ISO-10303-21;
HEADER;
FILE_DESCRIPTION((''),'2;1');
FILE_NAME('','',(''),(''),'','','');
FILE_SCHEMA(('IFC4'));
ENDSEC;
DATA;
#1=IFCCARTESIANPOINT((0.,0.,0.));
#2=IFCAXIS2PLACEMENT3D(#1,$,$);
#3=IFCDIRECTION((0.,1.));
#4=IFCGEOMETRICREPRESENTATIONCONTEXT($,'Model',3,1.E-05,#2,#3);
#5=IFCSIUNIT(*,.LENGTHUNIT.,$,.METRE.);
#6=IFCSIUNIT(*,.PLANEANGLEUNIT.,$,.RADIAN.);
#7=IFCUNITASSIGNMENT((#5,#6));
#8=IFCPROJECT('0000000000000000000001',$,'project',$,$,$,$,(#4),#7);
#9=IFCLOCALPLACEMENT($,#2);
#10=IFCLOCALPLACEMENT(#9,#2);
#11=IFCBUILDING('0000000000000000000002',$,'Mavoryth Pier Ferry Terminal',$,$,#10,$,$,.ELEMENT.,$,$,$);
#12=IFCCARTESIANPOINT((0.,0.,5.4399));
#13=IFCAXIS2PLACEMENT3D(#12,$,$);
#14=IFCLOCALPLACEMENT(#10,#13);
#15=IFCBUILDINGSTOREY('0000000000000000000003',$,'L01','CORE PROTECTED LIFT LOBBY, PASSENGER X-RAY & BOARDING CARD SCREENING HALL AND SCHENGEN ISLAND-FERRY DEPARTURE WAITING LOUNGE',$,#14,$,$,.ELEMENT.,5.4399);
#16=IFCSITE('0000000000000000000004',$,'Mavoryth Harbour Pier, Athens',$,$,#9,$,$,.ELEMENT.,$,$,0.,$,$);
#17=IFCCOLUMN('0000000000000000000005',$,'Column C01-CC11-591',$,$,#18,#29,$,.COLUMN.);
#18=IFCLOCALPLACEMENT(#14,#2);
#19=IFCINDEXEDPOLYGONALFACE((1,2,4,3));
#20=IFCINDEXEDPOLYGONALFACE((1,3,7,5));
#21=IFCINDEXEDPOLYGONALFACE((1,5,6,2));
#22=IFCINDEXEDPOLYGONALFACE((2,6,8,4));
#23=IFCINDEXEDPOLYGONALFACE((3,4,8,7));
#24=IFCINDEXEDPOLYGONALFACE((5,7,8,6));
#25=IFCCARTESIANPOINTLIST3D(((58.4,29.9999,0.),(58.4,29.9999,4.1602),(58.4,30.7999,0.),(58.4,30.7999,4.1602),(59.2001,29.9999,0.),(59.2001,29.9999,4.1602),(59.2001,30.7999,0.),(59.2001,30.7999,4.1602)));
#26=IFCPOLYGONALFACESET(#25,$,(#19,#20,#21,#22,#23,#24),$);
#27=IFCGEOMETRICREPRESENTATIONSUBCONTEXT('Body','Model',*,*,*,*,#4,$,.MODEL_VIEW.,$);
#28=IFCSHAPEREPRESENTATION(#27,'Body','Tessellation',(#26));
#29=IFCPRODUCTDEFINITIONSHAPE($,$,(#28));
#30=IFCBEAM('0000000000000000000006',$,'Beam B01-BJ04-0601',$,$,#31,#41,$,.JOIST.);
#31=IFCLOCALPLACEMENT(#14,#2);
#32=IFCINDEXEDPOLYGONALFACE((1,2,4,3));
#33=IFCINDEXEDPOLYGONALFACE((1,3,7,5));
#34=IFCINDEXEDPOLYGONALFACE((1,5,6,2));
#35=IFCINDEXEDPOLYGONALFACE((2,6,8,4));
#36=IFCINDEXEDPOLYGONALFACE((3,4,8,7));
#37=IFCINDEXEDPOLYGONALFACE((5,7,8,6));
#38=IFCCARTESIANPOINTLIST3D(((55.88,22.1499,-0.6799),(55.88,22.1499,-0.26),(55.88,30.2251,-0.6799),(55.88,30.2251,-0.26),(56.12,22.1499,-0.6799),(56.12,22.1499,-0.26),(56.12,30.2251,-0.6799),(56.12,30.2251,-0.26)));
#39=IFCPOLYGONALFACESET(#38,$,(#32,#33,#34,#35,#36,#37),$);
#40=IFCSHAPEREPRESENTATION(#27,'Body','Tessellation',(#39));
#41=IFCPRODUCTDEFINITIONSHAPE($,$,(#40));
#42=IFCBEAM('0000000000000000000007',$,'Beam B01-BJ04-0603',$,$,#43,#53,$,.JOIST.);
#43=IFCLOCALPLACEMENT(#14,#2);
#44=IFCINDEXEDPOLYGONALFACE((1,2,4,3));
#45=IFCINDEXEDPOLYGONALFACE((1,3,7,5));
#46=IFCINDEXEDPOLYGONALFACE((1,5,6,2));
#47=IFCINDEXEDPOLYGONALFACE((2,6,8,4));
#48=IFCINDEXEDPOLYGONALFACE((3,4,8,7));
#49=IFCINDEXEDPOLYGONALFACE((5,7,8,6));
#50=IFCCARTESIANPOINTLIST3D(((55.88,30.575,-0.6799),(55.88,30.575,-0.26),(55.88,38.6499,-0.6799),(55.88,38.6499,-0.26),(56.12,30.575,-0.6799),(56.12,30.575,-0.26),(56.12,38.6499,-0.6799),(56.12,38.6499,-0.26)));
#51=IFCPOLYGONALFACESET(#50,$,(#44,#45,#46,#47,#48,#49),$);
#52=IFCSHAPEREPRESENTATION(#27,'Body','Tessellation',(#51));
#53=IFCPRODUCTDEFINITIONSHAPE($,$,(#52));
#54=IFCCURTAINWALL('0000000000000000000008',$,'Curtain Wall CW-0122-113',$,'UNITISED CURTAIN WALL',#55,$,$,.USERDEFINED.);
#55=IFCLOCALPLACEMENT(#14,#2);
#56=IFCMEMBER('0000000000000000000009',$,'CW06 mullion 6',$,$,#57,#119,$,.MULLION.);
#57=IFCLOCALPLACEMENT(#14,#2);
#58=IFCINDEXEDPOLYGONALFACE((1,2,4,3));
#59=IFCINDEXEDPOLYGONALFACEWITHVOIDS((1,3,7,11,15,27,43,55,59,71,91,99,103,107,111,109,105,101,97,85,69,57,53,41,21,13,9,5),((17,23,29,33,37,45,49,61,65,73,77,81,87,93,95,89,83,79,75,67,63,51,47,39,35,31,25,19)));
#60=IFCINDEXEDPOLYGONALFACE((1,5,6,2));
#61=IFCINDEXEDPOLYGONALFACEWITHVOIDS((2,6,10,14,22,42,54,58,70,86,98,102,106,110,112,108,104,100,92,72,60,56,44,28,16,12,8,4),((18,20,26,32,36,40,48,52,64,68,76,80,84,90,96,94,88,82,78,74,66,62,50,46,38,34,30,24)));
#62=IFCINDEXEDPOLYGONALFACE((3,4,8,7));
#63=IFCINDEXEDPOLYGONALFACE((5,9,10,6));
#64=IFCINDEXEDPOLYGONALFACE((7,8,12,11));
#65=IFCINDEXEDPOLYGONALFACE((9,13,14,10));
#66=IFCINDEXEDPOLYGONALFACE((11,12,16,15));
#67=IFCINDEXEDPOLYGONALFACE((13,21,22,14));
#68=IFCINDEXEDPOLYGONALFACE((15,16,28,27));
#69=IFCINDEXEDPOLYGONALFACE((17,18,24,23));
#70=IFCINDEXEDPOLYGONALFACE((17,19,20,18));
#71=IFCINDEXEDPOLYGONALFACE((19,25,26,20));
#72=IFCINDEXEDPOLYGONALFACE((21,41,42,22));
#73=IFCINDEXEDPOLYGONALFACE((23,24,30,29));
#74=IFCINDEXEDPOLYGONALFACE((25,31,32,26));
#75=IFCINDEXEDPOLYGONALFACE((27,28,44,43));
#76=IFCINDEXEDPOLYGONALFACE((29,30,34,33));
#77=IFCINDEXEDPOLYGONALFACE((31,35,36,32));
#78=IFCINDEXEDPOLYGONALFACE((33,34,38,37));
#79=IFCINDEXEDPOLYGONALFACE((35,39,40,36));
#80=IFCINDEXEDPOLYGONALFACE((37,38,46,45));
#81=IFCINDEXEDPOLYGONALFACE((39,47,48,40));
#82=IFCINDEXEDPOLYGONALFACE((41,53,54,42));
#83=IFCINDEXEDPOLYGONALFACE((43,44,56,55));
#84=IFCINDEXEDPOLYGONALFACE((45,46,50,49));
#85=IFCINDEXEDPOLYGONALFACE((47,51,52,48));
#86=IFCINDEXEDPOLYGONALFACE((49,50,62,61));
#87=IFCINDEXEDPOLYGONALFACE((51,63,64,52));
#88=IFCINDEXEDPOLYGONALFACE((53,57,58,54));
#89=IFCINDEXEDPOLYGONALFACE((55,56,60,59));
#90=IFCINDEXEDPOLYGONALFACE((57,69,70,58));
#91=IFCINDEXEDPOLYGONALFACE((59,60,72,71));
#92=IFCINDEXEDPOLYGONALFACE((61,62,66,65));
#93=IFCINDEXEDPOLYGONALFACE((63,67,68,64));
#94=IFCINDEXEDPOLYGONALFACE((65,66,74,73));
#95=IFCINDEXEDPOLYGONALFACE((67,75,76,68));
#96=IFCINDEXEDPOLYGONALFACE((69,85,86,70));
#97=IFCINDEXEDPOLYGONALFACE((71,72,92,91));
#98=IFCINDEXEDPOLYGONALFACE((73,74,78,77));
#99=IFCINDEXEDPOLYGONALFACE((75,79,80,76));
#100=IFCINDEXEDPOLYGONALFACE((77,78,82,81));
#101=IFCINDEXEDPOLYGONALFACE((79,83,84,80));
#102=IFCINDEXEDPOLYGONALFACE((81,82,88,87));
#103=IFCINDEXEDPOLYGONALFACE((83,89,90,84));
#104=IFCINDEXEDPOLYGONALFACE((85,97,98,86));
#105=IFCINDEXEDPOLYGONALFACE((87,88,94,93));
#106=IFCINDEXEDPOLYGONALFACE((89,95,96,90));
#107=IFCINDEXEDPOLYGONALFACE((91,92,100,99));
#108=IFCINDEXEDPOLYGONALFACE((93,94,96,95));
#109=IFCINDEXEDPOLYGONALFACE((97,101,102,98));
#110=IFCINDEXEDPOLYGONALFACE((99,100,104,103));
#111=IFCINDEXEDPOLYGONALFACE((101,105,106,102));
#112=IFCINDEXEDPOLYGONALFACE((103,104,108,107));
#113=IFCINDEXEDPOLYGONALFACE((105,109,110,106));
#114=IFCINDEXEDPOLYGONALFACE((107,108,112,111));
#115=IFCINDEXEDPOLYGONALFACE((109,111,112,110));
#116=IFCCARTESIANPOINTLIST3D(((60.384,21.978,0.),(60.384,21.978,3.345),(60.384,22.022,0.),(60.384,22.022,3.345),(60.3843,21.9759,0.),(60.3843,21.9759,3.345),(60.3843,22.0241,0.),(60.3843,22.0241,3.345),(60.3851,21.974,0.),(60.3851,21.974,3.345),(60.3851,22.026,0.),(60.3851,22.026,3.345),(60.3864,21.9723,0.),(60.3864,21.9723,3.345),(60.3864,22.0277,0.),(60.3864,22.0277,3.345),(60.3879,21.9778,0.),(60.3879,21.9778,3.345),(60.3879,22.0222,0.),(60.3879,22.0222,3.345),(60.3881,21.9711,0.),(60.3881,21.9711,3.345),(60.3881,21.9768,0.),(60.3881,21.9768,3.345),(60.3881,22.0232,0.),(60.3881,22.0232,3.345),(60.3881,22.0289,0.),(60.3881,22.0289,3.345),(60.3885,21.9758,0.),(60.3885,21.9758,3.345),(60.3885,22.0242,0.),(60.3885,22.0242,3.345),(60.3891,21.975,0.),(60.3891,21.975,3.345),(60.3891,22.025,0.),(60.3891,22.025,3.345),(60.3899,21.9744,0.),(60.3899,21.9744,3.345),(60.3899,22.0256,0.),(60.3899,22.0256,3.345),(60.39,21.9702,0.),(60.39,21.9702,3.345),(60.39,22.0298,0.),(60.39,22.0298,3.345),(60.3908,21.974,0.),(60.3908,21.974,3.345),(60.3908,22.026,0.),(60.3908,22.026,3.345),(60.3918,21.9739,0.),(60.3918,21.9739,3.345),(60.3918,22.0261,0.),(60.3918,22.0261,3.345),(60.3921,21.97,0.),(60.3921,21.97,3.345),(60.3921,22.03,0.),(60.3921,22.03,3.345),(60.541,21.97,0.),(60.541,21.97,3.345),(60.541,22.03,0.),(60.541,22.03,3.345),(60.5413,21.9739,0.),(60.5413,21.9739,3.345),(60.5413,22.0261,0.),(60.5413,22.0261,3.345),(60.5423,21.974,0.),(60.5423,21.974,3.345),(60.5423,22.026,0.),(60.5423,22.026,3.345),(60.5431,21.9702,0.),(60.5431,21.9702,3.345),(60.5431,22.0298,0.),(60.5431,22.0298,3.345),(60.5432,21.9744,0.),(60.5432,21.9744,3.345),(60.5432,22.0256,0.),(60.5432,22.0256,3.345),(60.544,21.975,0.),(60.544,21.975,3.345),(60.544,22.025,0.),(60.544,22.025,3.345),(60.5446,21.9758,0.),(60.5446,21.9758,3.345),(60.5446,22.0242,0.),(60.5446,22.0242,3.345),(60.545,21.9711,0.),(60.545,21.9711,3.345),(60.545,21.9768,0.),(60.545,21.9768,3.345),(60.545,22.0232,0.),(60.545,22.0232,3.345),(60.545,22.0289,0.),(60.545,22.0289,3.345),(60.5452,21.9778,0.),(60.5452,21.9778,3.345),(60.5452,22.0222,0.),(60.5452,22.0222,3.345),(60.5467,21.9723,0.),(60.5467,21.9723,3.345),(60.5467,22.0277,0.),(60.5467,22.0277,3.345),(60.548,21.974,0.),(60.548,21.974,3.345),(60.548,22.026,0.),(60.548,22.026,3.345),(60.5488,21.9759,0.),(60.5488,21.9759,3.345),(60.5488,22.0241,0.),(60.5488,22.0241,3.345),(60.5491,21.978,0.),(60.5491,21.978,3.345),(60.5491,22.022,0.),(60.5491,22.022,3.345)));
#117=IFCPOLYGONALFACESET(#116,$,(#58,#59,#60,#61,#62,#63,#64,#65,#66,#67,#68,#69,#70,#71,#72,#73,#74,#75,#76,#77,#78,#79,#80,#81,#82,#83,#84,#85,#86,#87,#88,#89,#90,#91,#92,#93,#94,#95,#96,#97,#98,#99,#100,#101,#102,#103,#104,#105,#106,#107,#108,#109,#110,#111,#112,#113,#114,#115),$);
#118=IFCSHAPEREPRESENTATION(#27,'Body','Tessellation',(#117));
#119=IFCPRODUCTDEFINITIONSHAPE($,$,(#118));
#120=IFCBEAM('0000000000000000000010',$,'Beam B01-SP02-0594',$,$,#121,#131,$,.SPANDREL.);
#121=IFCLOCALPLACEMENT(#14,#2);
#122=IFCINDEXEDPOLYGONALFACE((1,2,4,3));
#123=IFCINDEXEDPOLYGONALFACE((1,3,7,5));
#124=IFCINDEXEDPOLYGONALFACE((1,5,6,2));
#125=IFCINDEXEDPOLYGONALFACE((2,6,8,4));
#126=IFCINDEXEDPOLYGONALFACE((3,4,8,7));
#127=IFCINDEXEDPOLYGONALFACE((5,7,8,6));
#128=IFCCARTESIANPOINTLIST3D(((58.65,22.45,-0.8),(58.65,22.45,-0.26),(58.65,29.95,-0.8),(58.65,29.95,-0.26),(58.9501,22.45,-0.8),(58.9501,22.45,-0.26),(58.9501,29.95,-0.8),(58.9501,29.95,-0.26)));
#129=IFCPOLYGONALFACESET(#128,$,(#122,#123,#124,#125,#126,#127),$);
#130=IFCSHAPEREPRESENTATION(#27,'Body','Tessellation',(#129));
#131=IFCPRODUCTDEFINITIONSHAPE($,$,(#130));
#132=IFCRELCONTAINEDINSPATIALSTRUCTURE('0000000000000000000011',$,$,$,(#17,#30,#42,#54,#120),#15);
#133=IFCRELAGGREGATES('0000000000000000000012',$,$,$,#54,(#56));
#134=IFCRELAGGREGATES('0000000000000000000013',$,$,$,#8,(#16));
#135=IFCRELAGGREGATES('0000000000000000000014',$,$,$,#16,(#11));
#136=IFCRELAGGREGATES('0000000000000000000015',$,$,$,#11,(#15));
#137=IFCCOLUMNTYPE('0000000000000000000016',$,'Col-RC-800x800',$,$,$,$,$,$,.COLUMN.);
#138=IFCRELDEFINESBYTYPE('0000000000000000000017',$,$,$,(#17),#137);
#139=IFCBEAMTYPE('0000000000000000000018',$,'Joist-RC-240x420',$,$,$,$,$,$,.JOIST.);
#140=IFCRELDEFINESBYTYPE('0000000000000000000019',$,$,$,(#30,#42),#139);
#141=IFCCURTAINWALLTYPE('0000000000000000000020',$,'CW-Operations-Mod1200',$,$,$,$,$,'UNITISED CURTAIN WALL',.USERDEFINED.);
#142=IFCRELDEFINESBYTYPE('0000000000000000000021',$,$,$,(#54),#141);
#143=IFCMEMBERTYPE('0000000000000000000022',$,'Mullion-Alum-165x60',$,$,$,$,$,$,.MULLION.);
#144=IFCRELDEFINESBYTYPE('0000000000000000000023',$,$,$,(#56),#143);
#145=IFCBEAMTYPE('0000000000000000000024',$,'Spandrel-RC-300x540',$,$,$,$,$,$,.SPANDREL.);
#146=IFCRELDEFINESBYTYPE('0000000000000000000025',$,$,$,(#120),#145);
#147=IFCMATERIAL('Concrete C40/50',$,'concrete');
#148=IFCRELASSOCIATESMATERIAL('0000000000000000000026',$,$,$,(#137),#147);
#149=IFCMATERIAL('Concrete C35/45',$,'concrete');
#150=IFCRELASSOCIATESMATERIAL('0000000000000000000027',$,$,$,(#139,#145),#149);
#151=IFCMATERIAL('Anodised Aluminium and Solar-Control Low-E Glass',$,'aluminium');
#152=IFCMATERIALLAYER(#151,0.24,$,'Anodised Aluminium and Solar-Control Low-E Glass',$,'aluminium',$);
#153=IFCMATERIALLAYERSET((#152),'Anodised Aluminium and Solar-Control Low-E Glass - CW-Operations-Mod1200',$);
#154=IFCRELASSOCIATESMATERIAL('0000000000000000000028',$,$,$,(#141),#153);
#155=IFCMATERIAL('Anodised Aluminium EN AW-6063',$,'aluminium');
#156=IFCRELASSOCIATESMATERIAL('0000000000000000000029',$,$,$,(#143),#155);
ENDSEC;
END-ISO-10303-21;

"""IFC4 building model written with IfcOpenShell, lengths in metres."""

from ifc_helpers import new_model, si_unit, direction, frame, origin, origin_2d, place, context, subcontext, project, spatial, rectangle, hollow_rectangle, extrude, material, layer, layer_set, material_profile, profile_set, type_object, element, aggregate, save


model = new_model("IFC4")

# Units and contexts
model_context = context("Model", 3, precision=1e-05, world=origin(), true_north=direction((0.0, 1.0)))
body_context = subcontext(model_context, "Body", "Model", "MODEL_VIEW")
ifc_project = project(units=[si_unit("LENGTHUNIT", "METRE"), si_unit("PLANEANGLEUNIT", "RADIAN")], contexts=[model_context])

# Site, building, storey
site_placement = place(None, origin())
site = spatial("IfcSite", under=ifc_project, at=site_placement, Name="Mavoryth Harbour Pier, Athens", CompositionType="ELEMENT", RefElevation=0.0)
building_placement = place(site_placement, origin())
building = spatial("IfcBuilding", under=site, at=building_placement, Name="Mavoryth Pier Ferry Terminal", CompositionType="ELEMENT")
storey_placement = place(building_placement, frame((0.0, 0.0, 5.4399)))
storey = spatial("IfcBuildingStorey", under=building, at=storey_placement, Name="L01", Description="CORE PROTECTED LIFT LOBBY, PASSENGER X-RAY & BOARDING CARD SCREENING HALL AND SCHENGEN ISLAND-FERRY DEPARTURE WAITING LOUNGE", CompositionType="ELEMENT", Elevation=5.4399)

# Column
ifc_material_1 = material(Name="Concrete C40/50", Category="concrete")
ifc_material_profile_1 = material_profile(ifc_material_1, rectangle(XDim=0.8, YDim=0.8, at=origin_2d()), Name="RC 800x800", Category="concrete")
ifc_profile_set_1 = profile_set([ifc_material_profile_1], Name="Concrete C40/50 - RC 800x800")
column_type = type_object("IfcColumnType", Name="Col-RC-800x800", PredefinedType="COLUMN", material=ifc_profile_set_1)
column_placement = place(storey_placement, frame((58.8, 30.3999, 0.0), z_axis=(0.0, 0.0, 1.0), x_axis=(1.0, 0.0, 0.0)))
element("IfcColumn", 1, at=column_placement, inside=storey, type_object=column_type, Name="Column C01-CC11-591", PredefinedType="COLUMN", context=body_context, shape_type="SweptSolid", body=[
    extrude(rectangle(XDim=0.8, YDim=0.8, at=origin_2d()), origin(), (0.0, 0.0, 1.0), 4.1602),
])

# Beams
ifc_material_2 = material(Name="Concrete C35/45", Category="concrete")
ifc_material_profile_2 = material_profile(ifc_material_2, rectangle(XDim=0.24, YDim=0.4199, at=origin_2d()), Name="RC 240x420", Category="concrete")
ifc_profile_set_2 = profile_set([ifc_material_profile_2], Name="Concrete C35/45 - RC 240x420")
beam_type_1 = type_object("IfcBeamType", Name="Joist-RC-240x420", PredefinedType="JOIST", material=ifc_profile_set_2)
beam_1_placement = place(storey_placement, frame((56.0, 22.1499, -0.47), z_axis=(0.0, 1.0, 0.0), x_axis=(-1.0, 0.0, 0.0)))
element("IfcBeam", 2, at=beam_1_placement, inside=storey, type_object=beam_type_1, Name="Beam B01-BJ04-0601", PredefinedType="JOIST", context=body_context, shape_type="SweptSolid", body=[
    extrude(rectangle(XDim=0.24, YDim=0.4199, at=origin_2d()), origin(), (0.0, 0.0, 1.0), 8.0752),
])
beam_2_placement = place(storey_placement, frame((56.0, 30.575, -0.47), z_axis=(0.0, 1.0, 0.0), x_axis=(-1.0, 0.0, 0.0)))
element("IfcBeam", 3, at=beam_2_placement, inside=storey, type_object=beam_type_1, Name="Beam B01-BJ04-0603", PredefinedType="JOIST", context=body_context, shape_type="SweptSolid", body=[
    extrude(rectangle(XDim=0.24, YDim=0.4199, at=origin_2d()), origin(), (0.0, 0.0, 1.0), 8.075),
])

# Curtain wall, member
ifc_material_3 = material(Name="Anodised Aluminium and Solar-Control Low-E Glass", Category="aluminium")
ifc_layer_1 = layer(ifc_material_3, 0.24, Name="Anodised Aluminium and Solar-Control Low-E Glass", Category="aluminium")
ifc_layer_set_1 = layer_set([ifc_layer_1], Name="Anodised Aluminium and Solar-Control Low-E Glass - CW-Operations-Mod1200")
curtain_wall_type = type_object("IfcCurtainWallType", Name="CW-Operations-Mod1200", ElementType="UNITISED CURTAIN WALL", PredefinedType="USERDEFINED", material=ifc_layer_set_1)
curtain_wall_placement = place(storey_placement, origin())
curtain_wall = element("IfcCurtainWall", 4, at=curtain_wall_placement, inside=storey, type_object=curtain_wall_type, Name="Curtain Wall CW-0122-113", ObjectType="UNITISED CURTAIN WALL", PredefinedType="USERDEFINED")
ifc_material_4 = material(Name="Anodised Aluminium EN AW-6063", Category="aluminium")
ifc_material_profile_3 = material_profile(ifc_material_4, hollow_rectangle(XDim=0.0601, YDim=0.165, WallThickness=0.0039, InnerFilletRadius=0.0039, OuterFilletRadius=0.0081, at=origin_2d()), Name="AL-MULL 165x60x4", Category="aluminium")
ifc_profile_set_3 = profile_set([ifc_material_profile_3], Name="Anodised Aluminium EN AW-6063 - AL-MULL 165x60x4")
member_type_1 = type_object("IfcMemberType", Name="Mullion-Alum-165x60", PredefinedType="MULLION", material=ifc_profile_set_3)
member_1_placement = place(storey_placement, frame((60.4666, 22.0, 0.0), z_axis=(0.0, 0.0, 1.0), x_axis=(0.0, -1.0, 0.0)))
member_1 = element("IfcMember", 5, at=member_1_placement, type_object=member_type_1, Name="CW06 mullion 6", PredefinedType="MULLION", context=body_context, shape_type="SweptSolid", body=[
    extrude(hollow_rectangle(XDim=0.0601, YDim=0.165, WallThickness=0.0039, InnerFilletRadius=0.0039, OuterFilletRadius=0.0081, at=origin_2d()), origin(), (0.0, 0.0, 1.0), 3.345),
])

# Beam
ifc_material_profile_4 = material_profile(ifc_material_2, rectangle(XDim=0.3, YDim=0.54, at=origin_2d()), Name="RC 300x540", Category="concrete")
ifc_profile_set_4 = profile_set([ifc_material_profile_4], Name="Concrete C35/45 - RC 300x540")
beam_type_2 = type_object("IfcBeamType", Name="Spandrel-RC-300x540", PredefinedType="SPANDREL", material=ifc_profile_set_4)
beam_3_placement = place(storey_placement, frame((58.8, 22.45, -0.53), z_axis=(0.0, 1.0, 0.0), x_axis=(-1.0, 0.0, 0.0)))
element("IfcBeam", 6, at=beam_3_placement, inside=storey, type_object=beam_type_2, Name="Beam B01-SP02-0594", PredefinedType="SPANDREL", context=body_context, shape_type="SweptSolid", body=[
    extrude(rectangle(XDim=0.3, YDim=0.54, at=origin_2d()), origin(), (0.0, 0.0, 1.0), 7.5),
])

aggregate(curtain_wall, [member_1])

save(model, "model.ifc")
